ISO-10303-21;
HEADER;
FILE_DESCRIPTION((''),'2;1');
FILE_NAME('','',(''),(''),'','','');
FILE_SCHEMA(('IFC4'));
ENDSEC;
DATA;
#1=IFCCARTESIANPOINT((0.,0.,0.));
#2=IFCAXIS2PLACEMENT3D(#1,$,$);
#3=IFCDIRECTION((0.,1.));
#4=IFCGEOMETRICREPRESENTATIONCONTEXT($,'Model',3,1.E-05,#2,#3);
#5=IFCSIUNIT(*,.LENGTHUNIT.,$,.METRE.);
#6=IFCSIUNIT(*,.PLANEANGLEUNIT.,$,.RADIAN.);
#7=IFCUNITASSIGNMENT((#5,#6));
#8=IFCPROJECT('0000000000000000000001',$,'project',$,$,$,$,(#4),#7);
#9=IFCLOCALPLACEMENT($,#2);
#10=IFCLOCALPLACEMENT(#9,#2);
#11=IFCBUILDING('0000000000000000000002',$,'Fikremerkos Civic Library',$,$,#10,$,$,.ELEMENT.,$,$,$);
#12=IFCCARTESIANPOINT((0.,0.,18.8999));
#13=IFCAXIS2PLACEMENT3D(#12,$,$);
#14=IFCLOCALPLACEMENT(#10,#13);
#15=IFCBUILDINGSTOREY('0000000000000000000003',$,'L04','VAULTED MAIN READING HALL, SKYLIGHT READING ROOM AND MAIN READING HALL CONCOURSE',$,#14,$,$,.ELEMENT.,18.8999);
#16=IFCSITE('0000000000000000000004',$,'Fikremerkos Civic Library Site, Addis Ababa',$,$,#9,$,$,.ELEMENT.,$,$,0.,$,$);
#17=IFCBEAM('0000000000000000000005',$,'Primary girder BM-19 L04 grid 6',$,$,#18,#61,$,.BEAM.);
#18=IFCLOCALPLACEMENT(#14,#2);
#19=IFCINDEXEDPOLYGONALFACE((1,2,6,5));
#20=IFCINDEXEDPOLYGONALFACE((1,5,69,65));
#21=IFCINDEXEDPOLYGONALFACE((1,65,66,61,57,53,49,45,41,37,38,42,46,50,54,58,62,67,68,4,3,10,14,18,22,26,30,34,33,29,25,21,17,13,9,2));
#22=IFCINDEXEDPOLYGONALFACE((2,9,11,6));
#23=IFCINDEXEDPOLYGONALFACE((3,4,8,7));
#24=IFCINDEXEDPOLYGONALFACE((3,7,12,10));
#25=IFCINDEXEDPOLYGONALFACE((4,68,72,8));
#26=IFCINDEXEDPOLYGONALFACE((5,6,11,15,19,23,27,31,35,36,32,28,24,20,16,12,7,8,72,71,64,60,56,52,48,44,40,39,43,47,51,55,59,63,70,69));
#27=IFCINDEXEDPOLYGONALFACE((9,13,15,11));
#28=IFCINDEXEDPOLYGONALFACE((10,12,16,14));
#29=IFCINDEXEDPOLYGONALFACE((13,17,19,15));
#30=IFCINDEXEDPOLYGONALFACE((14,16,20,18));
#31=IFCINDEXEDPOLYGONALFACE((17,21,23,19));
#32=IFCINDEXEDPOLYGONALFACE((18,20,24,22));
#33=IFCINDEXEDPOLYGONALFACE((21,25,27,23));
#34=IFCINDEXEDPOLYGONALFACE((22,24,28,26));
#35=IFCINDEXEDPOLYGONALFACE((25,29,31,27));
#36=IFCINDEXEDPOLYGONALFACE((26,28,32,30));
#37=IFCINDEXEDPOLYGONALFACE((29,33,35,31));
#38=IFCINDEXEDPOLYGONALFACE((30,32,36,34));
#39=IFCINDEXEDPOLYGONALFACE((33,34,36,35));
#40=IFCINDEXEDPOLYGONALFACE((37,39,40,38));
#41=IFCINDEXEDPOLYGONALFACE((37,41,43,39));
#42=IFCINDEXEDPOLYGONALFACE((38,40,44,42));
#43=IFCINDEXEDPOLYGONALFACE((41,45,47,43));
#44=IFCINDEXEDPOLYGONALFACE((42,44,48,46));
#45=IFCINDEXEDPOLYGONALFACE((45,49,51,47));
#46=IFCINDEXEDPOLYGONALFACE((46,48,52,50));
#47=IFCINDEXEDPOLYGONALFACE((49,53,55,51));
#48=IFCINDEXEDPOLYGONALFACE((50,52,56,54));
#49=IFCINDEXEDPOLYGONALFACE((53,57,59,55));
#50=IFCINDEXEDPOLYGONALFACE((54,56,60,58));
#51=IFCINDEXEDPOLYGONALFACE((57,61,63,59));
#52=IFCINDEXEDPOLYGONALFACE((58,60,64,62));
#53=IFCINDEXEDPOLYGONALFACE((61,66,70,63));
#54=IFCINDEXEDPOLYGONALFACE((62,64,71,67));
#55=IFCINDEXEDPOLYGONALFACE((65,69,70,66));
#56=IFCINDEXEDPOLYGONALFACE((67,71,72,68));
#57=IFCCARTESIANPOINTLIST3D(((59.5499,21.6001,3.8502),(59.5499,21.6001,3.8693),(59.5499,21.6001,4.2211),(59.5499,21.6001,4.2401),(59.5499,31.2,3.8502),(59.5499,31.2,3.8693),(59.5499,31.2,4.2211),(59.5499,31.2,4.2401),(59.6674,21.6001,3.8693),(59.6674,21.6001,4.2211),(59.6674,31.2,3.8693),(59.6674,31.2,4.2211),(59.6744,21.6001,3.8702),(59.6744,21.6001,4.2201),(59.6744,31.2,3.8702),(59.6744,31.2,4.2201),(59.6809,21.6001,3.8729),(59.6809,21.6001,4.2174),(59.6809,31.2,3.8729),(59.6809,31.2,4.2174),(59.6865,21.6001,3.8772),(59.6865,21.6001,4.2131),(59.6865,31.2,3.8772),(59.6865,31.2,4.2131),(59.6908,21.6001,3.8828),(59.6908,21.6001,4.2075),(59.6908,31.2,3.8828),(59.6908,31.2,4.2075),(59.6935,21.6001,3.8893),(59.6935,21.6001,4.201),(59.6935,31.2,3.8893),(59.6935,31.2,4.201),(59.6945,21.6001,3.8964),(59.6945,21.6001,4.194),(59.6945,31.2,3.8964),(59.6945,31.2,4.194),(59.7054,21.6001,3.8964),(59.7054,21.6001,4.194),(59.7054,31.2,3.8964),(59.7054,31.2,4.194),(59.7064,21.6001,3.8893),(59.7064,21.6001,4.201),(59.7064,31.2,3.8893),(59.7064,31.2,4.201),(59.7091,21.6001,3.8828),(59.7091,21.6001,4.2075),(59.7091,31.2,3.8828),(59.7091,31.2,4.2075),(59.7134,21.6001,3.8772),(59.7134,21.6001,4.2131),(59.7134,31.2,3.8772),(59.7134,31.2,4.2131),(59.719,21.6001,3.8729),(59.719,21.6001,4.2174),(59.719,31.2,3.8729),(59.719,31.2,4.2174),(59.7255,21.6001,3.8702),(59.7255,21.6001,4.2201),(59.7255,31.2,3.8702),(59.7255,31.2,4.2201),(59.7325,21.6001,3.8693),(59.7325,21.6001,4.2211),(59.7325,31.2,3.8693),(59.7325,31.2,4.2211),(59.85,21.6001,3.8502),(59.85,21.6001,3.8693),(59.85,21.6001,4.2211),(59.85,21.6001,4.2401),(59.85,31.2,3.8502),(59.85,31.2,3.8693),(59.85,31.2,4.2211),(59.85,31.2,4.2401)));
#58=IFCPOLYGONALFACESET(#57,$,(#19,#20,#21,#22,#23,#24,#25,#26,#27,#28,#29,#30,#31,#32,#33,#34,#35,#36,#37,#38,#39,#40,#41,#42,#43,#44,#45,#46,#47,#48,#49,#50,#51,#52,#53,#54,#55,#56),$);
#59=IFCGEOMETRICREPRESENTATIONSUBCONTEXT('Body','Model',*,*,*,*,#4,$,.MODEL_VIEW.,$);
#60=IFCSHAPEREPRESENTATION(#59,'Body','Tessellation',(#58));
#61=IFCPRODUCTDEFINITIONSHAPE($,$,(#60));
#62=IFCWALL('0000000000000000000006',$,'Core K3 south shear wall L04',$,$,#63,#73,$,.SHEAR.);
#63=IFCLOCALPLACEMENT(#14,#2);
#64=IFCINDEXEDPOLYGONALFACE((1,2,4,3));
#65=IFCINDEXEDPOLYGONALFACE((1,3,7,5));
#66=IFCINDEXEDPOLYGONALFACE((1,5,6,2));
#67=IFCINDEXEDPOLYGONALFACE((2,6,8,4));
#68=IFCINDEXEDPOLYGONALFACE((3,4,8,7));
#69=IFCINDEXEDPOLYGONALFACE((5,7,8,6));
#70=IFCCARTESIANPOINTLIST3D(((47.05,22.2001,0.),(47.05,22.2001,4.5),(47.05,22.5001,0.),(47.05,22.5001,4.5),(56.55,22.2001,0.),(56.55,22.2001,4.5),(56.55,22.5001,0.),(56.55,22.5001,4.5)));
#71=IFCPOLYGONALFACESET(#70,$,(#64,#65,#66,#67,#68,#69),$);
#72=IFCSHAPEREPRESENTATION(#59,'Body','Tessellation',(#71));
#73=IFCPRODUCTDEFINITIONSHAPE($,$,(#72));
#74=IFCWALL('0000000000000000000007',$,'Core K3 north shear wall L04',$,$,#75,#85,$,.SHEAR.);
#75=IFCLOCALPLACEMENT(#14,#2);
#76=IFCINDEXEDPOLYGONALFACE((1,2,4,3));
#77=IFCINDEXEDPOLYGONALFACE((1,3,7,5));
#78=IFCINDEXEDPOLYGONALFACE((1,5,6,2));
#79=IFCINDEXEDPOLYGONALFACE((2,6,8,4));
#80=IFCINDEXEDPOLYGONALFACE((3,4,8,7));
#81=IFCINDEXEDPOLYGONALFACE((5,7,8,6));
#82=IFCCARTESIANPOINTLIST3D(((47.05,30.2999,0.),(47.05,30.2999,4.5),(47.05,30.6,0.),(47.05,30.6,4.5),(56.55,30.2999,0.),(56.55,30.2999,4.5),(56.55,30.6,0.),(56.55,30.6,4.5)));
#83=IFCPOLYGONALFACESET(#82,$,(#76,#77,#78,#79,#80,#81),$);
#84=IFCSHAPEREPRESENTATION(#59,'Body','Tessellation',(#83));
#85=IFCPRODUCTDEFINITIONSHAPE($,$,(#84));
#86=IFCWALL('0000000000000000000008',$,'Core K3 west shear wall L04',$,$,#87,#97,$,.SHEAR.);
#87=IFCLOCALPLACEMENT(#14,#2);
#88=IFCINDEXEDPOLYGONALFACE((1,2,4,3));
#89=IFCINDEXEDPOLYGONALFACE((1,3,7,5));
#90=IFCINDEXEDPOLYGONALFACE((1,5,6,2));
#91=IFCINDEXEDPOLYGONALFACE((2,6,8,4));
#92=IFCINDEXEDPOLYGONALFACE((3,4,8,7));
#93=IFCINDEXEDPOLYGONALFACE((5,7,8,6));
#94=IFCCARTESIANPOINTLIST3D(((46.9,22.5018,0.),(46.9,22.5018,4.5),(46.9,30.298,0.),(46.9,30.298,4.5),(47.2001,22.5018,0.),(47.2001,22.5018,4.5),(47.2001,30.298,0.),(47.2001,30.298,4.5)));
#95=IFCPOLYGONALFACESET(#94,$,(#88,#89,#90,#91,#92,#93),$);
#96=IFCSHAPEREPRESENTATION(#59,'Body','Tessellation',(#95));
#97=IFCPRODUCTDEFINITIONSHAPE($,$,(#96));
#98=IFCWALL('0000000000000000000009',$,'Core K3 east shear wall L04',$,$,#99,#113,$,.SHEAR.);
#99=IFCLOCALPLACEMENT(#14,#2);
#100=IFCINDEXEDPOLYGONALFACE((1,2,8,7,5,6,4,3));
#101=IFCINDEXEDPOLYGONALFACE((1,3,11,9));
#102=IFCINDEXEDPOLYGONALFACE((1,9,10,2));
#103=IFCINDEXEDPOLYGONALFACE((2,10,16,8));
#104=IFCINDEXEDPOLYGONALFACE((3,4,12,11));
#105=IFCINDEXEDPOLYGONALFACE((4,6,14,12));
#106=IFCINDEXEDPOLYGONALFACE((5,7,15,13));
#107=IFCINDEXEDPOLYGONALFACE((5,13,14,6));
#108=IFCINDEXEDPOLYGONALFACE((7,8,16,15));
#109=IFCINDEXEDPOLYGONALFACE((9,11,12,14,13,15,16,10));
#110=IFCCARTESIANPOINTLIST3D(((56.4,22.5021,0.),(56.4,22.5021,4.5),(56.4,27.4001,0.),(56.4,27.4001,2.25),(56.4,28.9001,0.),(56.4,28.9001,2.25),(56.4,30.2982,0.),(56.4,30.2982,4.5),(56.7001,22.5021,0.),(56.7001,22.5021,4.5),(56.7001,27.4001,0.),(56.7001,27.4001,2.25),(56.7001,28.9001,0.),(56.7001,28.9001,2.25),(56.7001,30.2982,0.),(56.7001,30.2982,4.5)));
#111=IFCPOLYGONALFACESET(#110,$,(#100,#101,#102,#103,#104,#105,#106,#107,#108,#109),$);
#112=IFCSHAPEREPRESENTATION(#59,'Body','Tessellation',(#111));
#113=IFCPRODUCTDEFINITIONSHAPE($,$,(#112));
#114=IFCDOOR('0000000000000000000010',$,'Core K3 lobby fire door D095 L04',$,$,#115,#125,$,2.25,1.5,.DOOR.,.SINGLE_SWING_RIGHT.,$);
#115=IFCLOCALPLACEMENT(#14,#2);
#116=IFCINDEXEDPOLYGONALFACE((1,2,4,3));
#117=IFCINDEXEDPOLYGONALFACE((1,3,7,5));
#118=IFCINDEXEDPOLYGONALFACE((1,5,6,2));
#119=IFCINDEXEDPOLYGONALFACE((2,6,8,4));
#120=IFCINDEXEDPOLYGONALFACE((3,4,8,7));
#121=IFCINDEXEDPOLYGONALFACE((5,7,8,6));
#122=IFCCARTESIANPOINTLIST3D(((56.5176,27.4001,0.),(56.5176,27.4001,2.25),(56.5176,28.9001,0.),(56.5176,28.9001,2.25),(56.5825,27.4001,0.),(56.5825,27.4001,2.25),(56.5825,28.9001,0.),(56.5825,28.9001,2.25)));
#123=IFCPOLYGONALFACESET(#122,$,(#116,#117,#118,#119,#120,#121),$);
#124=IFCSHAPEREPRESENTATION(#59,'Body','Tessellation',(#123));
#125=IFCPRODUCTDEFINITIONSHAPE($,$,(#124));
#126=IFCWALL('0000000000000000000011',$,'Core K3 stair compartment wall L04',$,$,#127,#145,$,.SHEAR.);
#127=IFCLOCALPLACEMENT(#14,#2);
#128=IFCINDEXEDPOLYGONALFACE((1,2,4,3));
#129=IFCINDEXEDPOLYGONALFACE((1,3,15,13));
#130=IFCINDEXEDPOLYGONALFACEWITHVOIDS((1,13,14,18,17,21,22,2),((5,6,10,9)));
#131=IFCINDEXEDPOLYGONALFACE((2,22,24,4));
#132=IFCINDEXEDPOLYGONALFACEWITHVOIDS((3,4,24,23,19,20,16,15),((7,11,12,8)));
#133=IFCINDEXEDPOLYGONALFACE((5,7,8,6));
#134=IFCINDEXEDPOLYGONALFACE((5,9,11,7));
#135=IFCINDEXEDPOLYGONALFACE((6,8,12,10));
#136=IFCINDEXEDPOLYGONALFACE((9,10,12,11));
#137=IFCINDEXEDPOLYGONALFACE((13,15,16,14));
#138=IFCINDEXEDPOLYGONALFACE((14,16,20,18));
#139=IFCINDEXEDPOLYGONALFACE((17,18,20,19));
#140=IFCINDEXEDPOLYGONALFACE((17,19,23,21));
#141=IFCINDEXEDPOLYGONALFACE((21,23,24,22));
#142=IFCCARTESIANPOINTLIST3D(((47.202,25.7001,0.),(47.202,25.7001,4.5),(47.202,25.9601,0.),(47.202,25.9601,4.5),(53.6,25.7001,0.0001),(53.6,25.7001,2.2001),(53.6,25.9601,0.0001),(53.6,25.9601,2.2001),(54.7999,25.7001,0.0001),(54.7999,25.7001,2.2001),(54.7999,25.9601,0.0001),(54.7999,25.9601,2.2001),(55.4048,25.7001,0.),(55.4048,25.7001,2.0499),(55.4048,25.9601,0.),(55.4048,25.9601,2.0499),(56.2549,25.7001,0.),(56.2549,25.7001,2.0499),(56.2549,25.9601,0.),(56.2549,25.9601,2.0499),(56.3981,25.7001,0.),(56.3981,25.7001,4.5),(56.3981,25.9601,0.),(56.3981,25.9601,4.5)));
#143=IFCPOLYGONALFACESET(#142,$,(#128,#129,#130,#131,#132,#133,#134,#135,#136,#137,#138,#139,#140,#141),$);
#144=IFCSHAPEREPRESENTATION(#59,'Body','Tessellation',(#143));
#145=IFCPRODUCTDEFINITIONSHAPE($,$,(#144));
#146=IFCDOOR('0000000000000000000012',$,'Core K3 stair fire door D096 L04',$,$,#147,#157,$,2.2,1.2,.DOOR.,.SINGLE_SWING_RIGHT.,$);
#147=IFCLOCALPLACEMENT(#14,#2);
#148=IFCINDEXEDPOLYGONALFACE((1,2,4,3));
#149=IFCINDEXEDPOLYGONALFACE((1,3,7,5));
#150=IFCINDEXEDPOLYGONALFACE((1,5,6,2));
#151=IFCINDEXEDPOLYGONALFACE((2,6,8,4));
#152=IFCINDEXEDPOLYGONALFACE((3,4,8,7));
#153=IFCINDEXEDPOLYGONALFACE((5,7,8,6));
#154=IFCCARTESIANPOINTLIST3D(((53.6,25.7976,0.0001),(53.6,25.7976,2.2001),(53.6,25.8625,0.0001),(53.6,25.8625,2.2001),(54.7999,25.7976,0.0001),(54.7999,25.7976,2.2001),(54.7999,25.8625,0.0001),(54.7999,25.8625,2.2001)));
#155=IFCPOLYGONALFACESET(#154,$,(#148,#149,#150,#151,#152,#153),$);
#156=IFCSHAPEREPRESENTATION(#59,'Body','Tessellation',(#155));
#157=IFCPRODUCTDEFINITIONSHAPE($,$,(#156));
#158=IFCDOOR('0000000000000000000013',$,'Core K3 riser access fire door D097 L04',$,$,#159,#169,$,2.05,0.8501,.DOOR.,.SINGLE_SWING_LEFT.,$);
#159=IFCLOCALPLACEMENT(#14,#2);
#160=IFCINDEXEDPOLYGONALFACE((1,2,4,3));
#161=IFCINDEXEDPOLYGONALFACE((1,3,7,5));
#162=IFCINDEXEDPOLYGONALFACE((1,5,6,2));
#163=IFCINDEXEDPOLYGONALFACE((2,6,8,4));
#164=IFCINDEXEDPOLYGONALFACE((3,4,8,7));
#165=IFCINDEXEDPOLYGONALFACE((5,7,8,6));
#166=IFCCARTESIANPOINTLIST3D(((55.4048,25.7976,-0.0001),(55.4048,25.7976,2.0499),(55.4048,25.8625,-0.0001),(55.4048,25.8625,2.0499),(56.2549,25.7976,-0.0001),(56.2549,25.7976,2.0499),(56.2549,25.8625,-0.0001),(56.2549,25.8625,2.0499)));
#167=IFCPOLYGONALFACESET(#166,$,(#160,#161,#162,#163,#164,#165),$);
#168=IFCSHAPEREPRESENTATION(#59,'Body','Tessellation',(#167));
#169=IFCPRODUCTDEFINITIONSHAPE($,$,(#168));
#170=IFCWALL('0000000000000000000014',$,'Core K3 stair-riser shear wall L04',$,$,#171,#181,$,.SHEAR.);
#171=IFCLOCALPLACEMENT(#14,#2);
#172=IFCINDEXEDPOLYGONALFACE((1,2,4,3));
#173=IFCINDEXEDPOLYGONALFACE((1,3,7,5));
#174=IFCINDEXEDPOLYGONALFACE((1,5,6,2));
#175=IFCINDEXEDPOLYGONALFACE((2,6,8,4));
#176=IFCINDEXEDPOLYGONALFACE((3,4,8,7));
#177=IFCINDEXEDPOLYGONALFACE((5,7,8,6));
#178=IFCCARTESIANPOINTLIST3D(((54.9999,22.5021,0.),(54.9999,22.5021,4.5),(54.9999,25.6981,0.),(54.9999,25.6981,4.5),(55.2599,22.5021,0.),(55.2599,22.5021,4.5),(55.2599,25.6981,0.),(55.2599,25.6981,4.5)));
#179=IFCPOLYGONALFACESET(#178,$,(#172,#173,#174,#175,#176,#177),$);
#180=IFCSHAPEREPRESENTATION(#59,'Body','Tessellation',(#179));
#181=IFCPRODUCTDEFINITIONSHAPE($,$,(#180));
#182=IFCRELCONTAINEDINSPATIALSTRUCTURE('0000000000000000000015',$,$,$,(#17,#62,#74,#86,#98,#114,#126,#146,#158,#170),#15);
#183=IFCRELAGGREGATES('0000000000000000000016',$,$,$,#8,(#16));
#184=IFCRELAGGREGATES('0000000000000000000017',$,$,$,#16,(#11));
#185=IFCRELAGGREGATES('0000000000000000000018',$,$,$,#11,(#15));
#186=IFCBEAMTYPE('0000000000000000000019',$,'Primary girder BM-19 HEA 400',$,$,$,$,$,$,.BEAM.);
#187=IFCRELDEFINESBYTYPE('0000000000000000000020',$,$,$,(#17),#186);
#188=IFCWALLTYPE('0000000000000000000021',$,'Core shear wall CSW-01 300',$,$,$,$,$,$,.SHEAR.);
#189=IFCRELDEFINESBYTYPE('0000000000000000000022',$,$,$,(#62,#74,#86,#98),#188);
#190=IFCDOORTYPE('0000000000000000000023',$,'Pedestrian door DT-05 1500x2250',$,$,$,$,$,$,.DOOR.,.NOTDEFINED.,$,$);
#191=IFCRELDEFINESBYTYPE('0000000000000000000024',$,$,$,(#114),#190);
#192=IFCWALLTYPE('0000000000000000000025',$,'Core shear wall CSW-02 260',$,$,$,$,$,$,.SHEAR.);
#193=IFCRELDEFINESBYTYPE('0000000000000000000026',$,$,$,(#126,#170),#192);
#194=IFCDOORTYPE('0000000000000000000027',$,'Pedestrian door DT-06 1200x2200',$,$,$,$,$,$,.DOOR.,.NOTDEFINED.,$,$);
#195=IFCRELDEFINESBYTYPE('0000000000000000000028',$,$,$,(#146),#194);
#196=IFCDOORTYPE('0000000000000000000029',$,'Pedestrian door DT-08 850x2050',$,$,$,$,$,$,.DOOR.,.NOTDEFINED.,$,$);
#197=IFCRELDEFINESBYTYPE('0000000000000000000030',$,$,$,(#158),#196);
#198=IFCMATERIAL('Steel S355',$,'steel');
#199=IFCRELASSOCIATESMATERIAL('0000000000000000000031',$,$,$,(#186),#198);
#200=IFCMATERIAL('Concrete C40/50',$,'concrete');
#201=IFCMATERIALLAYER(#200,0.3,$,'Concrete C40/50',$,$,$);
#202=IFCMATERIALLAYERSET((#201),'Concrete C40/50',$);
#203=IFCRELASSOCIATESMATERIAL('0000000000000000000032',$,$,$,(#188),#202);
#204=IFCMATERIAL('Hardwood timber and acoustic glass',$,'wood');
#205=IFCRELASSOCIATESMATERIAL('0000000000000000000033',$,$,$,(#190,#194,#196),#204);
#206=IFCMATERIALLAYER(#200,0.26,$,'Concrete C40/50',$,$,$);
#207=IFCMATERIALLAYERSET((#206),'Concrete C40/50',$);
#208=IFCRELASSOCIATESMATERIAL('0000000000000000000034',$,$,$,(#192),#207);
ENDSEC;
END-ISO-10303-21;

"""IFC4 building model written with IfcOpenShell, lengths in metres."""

from ifc_helpers import new_model, si_unit, direction, frame, frame_2d, origin, origin_2d, place, context, subcontext, project, spatial, rectangle, i_section, extrude, material, layer, layer_set, material_profile, profile_set, type_object, element, fill, save


model = new_model("IFC4")

# Units and contexts
model_context = context("Model", 3, precision=1e-05, world=origin(), true_north=direction((0.0, 1.0)))
body_context = subcontext(model_context, "Body", "Model", "MODEL_VIEW")
ifc_project = project(units=[si_unit("LENGTHUNIT", "METRE"), si_unit("PLANEANGLEUNIT", "RADIAN")], contexts=[model_context])

# Site, building, storey
site_placement = place(None, origin())
site = spatial("IfcSite", under=ifc_project, at=site_placement, Name="Fikremerkos Civic Library Site, Addis Ababa", CompositionType="ELEMENT", RefElevation=0.0)
building_placement = place(site_placement, origin())
building = spatial("IfcBuilding", under=site, at=building_placement, Name="Fikremerkos Civic Library", CompositionType="ELEMENT")
storey_placement = place(building_placement, frame((0.0, 0.0, 18.8999)))
storey = spatial("IfcBuildingStorey", under=building, at=storey_placement, Name="L04", Description="VAULTED MAIN READING HALL, SKYLIGHT READING ROOM AND MAIN READING HALL CONCOURSE", CompositionType="ELEMENT", Elevation=18.8999)

# Shared definitions
ifc_material_1 = material(Name="Steel S355", Category="steel")

# Beam
ifc_material_profile_1 = material_profile(ifc_material_1, i_section(OverallWidth=0.3, OverallDepth=0.3899, WebThickness=0.011, FlangeThickness=0.019, FilletRadius=0.0271, at=origin_2d()), Name="HEA 400")
ifc_profile_set_1 = profile_set([ifc_material_profile_1], Name="Steel S355")
beam_type_1 = type_object("IfcBeamType", Name="Primary girder BM-19 HEA 400", PredefinedType="BEAM", material=ifc_profile_set_1)
beam_1_placement = place(storey_placement, frame((59.7, 21.6001, 4.0452), z_axis=(0.0, 1.0, 0.0), x_axis=(-1.0, 0.0, 0.0)))
element("IfcBeam", 1, at=beam_1_placement, inside=storey, type_object=beam_type_1, Name="Primary girder BM-19 L04 grid 6", PredefinedType="BEAM", context=body_context, shape_type="SweptSolid", body=[
    extrude(i_section(OverallWidth=0.3, OverallDepth=0.3899, WebThickness=0.011, FlangeThickness=0.019, FilletRadius=0.0271, at=origin_2d()), origin(), (0.0, 0.0, 1.0), 9.5999),
])

# Walls
ifc_material_2 = material(Name="Concrete C40/50", Category="concrete")
ifc_layer_1 = layer(ifc_material_2, 0.3, Name="Concrete C40/50")
ifc_layer_set_1 = layer_set([ifc_layer_1], Name="Concrete C40/50")
wall_type_1 = type_object("IfcWallType", Name="Core shear wall CSW-01 300", PredefinedType="SHEAR", material=ifc_layer_set_1)
for number, where, z_axis, x_axis, name in (
    (2, (56.55, 22.3501, 0.0), (0.0, 0.0, 1.0), (-1.0, 0.0, 0.0), "Core K3 south shear wall L04"),
    (3, (47.05, 30.45, 0.0), (0.0, 0.0, 1.0), (1.0, 0.0, 0.0), "Core K3 north shear wall L04"),
):
    element("IfcWall", number, at=place(storey_placement, frame(where, z_axis=z_axis, x_axis=x_axis)), inside=storey, type_object=wall_type_1, Name=name, PredefinedType="SHEAR", context=body_context, shape_type="SweptSolid", body=[
        extrude(rectangle(XDim=9.5, YDim=0.3, at=frame_2d((4.75, 0.0))), origin(), (0.0, 0.0, 1.0), 4.5),
    ])
wall_1_placement = place(storey_placement, frame((47.05, 22.502, 0.0), z_axis=(0.0, 0.0, 1.0), x_axis=(0.0, 1.0, 0.0)))
element("IfcWall", 4, at=wall_1_placement, inside=storey, type_object=wall_type_1, Name="Core K3 west shear wall L04", PredefinedType="SHEAR", context=body_context, shape_type="SweptSolid", body=[
    extrude(rectangle(XDim=7.7961, YDim=0.3, at=frame_2d((3.8979, 0.0))), origin(), (0.0, 0.0, 1.0), 4.5),
])

# Wall, opening, door
wall_2_placement = place(storey_placement, frame((56.55, 30.2981, 0.0), z_axis=(0.0, 0.0, 1.0), x_axis=(0.0, -1.0, 0.0)))
wall_2 = element("IfcWall", 5, at=wall_2_placement, inside=storey, type_object=wall_type_1, Name="Core K3 east shear wall L04", PredefinedType="SHEAR", context=body_context, shape_type="SweptSolid", body=[
    extrude(rectangle(XDim=7.7961, YDim=0.3, at=frame_2d((3.8979, 0.0))), origin(), (0.0, 0.0, 1.0), 4.5),
])
opening_1_placement = place(wall_2_placement, frame((1.3979, 0.0, 0.0)))
opening_1 = element("IfcOpeningElement", 6, at=opening_1_placement, cuts=wall_2, PredefinedType="OPENING", context=body_context, shape_type="SweptSolid", body=[
    extrude(rectangle(XDim=1.5, YDim=2.25, at=frame_2d((0.75, 1.125))), frame((0.0, 0.1599, 0.0), z_axis=(0.0, -1.0, 0.0), x_axis=(1.0, 0.0, 0.0)), (0.0, 0.0, 1.0), 0.3201),
])
ifc_material_3 = material(Name="Hardwood timber and acoustic glass", Category="wood")
door_type_1 = type_object("IfcDoorType", Name="Pedestrian door DT-05 1500x2250", OperationType="NOTDEFINED", PredefinedType="DOOR", material=ifc_material_3)
door_1_placement = place(opening_1_placement, origin())
door_1 = element("IfcDoor", 7, at=door_1_placement, inside=storey, type_object=door_type_1, Name="Core K3 lobby fire door D095 L04", OperationType="SINGLE_SWING_RIGHT", OverallHeight=2.25, OverallWidth=1.5, PredefinedType="DOOR", context=body_context, shape_type="SweptSolid", body=[
    extrude(rectangle(XDim=1.5, YDim=2.25, at=frame_2d((0.75, 1.125))), frame((0.0, 0.0325, 0.0), z_axis=(0.0, -1.0, 0.0), x_axis=(1.0, 0.0, 0.0)), (0.0, 0.0, 1.0), 0.0649),
])
fill(opening_1, door_1)

# Wall, openings, doors
ifc_layer_2 = layer(ifc_material_2, 0.26, Name="Concrete C40/50")
ifc_layer_set_2 = layer_set([ifc_layer_2], Name="Concrete C40/50")
wall_type_2 = type_object("IfcWallType", Name="Core shear wall CSW-02 260", PredefinedType="SHEAR", material=ifc_layer_set_2)
wall_3_placement = place(storey_placement, frame((47.2019, 25.8301, 0.0), z_axis=(0.0, 0.0, 1.0), x_axis=(1.0, 0.0, 0.0)))
wall_3 = element("IfcWall", 8, at=wall_3_placement, inside=storey, type_object=wall_type_2, Name="Core K3 stair compartment wall L04", PredefinedType="SHEAR", context=body_context, shape_type="SweptSolid", body=[
    extrude(rectangle(XDim=9.196, YDim=0.26, at=frame_2d((4.5981, 0.0))), origin(), (0.0, 0.0, 1.0), 4.5),
])
opening_2_placement = place(wall_3_placement, frame((6.3979, 0.0, 0.0)))
opening_2 = element("IfcOpeningElement", 9, at=opening_2_placement, cuts=wall_3, PredefinedType="OPENING", context=body_context, shape_type="SweptSolid", body=[
    extrude(rectangle(XDim=1.2, YDim=2.2, at=frame_2d((0.6001, 1.1001))), frame((0.0, 0.1399, 0.0), z_axis=(0.0, -1.0, 0.0), x_axis=(1.0, 0.0, 0.0)), (0.0, 0.0, 1.0), 0.28),
])
opening_3_placement = place(wall_3_placement, frame((8.2029, 0.0, 0.0)))
opening_3 = element("IfcOpeningElement", 10, at=opening_3_placement, cuts=wall_3, PredefinedType="OPENING", context=body_context, shape_type="SweptSolid", body=[
    extrude(rectangle(XDim=0.8501, YDim=2.05, at=frame_2d((0.425, 1.0249))), frame((0.0, 0.1399, 0.0), z_axis=(0.0, -1.0, 0.0), x_axis=(1.0, 0.0, 0.0)), (0.0, 0.0, 1.0), 0.28),
])
door_type_2 = type_object("IfcDoorType", Name="Pedestrian door DT-06 1200x2200", OperationType="NOTDEFINED", PredefinedType="DOOR", material=ifc_material_3)
door_2_placement = place(opening_2_placement, origin())
door_2 = element("IfcDoor", 11, at=door_2_placement, inside=storey, type_object=door_type_2, Name="Core K3 stair fire door D096 L04", OperationType="SINGLE_SWING_RIGHT", OverallHeight=2.2, OverallWidth=1.2, PredefinedType="DOOR", context=body_context, shape_type="SweptSolid", body=[
    extrude(rectangle(XDim=1.2, YDim=2.2, at=frame_2d((0.6001, 1.1001))), frame((0.0, 0.0325, 0.0), z_axis=(0.0, -1.0, 0.0), x_axis=(1.0, 0.0, 0.0)), (0.0, 0.0, 1.0), 0.0649),
])
fill(opening_2, door_2)
door_type_3 = type_object("IfcDoorType", Name="Pedestrian door DT-08 850x2050", OperationType="NOTDEFINED", PredefinedType="DOOR", material=ifc_material_3)
door_3_placement = place(opening_3_placement, origin())
door_3 = element("IfcDoor", 12, at=door_3_placement, inside=storey, type_object=door_type_3, Name="Core K3 riser access fire door D097 L04", OperationType="SINGLE_SWING_LEFT", OverallHeight=2.05, OverallWidth=0.8501, PredefinedType="DOOR", context=body_context, shape_type="SweptSolid", body=[
    extrude(rectangle(XDim=0.8501, YDim=2.05, at=frame_2d((0.425, 1.0249))), frame((0.0, 0.0325, 0.0), z_axis=(0.0, -1.0, 0.0), x_axis=(1.0, 0.0, 0.0)), (0.0, 0.0, 1.0), 0.0649),
])
fill(opening_3, door_3)

# Wall
wall_4_placement = place(storey_placement, frame((55.1299, 22.502, 0.0), z_axis=(0.0, 0.0, 1.0), x_axis=(0.0, 1.0, 0.0)))
element("IfcWall", 13, at=wall_4_placement, inside=storey, type_object=wall_type_2, Name="Core K3 stair-riser shear wall L04", PredefinedType="SHEAR", context=body_context, shape_type="SweptSolid", body=[
    extrude(rectangle(XDim=3.196, YDim=0.26, at=frame_2d((1.5981, 0.0))), origin(), (0.0, 0.0, 1.0), 4.5),
])

save(model, "model.ifc")
